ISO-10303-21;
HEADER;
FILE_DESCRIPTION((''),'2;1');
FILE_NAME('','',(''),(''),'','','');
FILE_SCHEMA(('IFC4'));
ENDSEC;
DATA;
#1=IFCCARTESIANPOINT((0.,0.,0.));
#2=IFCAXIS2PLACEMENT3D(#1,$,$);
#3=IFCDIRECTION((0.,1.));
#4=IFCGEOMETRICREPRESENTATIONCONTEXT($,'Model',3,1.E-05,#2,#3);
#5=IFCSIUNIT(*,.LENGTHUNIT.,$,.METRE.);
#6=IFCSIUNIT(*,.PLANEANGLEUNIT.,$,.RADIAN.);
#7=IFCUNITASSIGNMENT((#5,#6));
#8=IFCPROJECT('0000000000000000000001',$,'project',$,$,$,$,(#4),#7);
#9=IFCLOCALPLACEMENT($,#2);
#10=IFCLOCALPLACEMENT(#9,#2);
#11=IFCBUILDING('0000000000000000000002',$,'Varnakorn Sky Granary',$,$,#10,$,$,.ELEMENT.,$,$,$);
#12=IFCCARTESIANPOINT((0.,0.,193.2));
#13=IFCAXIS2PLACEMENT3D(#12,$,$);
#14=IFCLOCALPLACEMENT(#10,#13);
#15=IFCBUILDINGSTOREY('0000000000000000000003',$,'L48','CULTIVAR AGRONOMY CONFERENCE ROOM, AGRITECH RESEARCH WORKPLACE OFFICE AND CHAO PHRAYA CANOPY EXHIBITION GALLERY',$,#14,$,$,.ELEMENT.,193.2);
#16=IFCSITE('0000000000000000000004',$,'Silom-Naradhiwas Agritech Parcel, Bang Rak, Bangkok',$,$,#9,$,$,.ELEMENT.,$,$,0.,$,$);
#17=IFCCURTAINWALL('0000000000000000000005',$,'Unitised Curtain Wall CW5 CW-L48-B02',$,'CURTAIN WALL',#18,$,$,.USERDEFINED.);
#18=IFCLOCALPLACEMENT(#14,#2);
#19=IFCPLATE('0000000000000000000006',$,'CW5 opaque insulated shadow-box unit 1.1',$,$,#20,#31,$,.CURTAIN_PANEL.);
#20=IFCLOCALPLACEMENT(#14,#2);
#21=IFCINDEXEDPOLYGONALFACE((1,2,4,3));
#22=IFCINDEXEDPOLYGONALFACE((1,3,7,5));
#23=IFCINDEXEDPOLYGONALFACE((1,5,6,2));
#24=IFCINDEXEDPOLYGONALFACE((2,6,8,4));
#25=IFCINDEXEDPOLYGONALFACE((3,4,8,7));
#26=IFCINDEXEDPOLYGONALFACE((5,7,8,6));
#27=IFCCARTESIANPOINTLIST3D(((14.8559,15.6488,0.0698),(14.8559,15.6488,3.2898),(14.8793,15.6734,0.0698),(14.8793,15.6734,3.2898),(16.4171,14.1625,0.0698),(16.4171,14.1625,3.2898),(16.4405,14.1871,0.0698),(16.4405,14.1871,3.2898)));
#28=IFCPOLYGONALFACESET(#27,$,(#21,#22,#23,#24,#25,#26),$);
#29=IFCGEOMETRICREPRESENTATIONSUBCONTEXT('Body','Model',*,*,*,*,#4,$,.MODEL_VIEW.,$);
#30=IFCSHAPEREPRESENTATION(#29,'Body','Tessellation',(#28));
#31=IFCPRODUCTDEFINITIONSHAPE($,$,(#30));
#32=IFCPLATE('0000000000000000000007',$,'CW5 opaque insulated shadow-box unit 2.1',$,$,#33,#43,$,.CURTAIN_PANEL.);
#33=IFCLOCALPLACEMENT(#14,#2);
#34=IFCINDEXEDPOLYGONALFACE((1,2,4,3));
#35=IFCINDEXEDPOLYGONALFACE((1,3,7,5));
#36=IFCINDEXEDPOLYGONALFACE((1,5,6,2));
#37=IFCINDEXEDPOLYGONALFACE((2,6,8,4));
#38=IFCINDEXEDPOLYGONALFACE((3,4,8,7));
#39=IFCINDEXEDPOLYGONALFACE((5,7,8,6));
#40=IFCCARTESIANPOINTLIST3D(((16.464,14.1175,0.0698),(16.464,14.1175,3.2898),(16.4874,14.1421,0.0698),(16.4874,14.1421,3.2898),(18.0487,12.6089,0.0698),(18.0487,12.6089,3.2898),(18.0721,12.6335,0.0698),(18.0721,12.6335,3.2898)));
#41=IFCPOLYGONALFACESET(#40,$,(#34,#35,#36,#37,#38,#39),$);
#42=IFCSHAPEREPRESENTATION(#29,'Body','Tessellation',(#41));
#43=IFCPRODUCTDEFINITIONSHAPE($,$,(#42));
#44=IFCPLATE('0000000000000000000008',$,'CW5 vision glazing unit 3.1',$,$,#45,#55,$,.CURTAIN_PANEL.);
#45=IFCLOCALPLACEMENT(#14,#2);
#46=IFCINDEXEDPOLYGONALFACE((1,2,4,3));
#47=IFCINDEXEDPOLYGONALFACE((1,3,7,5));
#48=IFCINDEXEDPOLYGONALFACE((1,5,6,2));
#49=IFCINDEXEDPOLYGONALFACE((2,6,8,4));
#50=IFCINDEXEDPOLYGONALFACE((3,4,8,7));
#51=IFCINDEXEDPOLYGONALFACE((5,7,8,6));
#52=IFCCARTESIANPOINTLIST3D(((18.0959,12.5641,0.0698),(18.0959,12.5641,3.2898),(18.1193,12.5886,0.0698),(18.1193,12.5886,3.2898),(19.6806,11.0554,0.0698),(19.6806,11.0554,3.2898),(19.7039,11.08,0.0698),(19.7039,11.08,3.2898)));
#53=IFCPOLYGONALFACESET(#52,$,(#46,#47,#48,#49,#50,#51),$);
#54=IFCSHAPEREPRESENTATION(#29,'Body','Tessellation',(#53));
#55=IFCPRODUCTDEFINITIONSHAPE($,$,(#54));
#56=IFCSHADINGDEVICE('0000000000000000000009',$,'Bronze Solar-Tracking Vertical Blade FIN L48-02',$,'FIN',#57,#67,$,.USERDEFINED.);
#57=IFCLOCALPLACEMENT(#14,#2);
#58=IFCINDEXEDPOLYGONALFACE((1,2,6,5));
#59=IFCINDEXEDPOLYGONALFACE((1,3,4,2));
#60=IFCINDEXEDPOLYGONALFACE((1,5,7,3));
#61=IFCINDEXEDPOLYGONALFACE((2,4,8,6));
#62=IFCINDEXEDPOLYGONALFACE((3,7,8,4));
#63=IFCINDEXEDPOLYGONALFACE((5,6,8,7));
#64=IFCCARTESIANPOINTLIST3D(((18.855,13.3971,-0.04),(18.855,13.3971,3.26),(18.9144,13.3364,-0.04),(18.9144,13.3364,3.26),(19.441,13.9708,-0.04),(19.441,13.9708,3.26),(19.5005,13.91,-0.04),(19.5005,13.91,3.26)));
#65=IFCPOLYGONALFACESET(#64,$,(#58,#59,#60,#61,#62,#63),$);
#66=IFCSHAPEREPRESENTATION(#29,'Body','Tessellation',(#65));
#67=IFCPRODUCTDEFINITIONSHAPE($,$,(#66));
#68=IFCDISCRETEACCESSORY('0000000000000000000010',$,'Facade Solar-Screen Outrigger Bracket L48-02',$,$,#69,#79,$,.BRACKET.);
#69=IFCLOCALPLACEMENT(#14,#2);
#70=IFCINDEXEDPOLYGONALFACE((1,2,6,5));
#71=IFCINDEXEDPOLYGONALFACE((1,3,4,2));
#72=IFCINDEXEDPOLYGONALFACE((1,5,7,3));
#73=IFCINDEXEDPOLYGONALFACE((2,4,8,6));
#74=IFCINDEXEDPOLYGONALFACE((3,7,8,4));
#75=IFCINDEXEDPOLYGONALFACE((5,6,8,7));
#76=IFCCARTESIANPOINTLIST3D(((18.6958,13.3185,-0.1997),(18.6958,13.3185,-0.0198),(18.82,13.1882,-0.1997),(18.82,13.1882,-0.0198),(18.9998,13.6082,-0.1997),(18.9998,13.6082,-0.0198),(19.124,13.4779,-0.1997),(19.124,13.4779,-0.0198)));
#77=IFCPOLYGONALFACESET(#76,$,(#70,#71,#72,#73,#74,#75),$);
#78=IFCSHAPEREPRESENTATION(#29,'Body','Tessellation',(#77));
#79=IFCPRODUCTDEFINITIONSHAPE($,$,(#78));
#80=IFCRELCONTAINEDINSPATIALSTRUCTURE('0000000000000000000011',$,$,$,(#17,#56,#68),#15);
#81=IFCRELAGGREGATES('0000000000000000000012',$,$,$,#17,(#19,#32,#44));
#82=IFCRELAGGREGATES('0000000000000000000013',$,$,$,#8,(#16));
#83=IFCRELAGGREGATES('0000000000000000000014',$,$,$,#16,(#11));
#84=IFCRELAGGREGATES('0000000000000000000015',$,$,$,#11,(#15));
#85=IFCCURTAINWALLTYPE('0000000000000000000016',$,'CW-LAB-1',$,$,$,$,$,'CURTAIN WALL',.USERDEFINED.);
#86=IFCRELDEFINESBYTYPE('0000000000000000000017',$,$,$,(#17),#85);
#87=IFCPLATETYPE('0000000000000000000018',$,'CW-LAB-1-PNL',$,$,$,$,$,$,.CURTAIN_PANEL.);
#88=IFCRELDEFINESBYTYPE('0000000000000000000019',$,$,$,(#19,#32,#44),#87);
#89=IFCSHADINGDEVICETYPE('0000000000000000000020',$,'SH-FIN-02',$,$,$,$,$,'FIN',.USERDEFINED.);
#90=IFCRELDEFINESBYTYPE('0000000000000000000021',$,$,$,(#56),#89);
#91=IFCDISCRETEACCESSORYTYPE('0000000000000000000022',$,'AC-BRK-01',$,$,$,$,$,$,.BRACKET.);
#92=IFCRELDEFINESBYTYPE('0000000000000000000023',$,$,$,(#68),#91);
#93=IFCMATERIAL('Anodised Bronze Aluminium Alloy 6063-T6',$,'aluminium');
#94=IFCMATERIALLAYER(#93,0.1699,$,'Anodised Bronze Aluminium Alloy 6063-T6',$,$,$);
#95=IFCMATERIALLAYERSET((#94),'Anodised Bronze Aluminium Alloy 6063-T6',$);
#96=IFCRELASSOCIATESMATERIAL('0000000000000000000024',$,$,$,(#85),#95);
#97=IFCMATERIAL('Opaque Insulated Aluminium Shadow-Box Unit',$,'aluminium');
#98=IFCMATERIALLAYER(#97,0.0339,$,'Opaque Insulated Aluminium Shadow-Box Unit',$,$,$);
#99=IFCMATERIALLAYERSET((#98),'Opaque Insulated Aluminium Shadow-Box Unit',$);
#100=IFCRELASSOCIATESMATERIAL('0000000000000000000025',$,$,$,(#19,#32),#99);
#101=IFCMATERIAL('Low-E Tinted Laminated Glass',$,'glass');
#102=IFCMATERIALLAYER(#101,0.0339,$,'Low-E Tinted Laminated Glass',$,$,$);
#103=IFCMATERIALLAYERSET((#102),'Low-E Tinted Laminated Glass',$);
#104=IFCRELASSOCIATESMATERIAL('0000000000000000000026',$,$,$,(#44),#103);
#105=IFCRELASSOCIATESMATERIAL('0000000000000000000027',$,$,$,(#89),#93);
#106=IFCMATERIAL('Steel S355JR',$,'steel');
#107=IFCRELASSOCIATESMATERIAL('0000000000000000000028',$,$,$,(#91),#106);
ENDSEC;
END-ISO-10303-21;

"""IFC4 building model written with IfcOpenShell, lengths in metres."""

from ifc_helpers import new_model, si_unit, direction, frame, origin, origin_2d, place, context, subcontext, project, spatial, rectangle, extrude, source, transform, mapped, material, layer, layer_set, type_object, type_shapes, element, aggregate, save


model = new_model("IFC4")

# Units and contexts
model_context = context("Model", 3, precision=1e-05, world=origin(), true_north=direction((0.0, 1.0)))
body_context = subcontext(model_context, "Body", "Model", "MODEL_VIEW")
ifc_project = project(units=[si_unit("LENGTHUNIT", "METRE"), si_unit("PLANEANGLEUNIT", "RADIAN")], contexts=[model_context])

# Site, building, storey
site_placement = place(None, origin())
site = spatial("IfcSite", under=ifc_project, at=site_placement, Name="Silom-Naradhiwas Agritech Parcel, Bang Rak, Bangkok", CompositionType="ELEMENT", RefElevation=0.0)
building_placement = place(site_placement, origin())
building = spatial("IfcBuilding", under=site, at=building_placement, Name="Varnakorn Sky Granary", CompositionType="ELEMENT")
storey_placement = place(building_placement, frame((0.0, 0.0, 193.2)))
storey = spatial("IfcBuildingStorey", under=building, at=storey_placement, Name="L48", Description="CULTIVAR AGRONOMY CONFERENCE ROOM, AGRITECH RESEARCH WORKPLACE OFFICE AND CHAO PHRAYA CANOPY EXHIBITION GALLERY", CompositionType="ELEMENT", Elevation=193.2)

# Shared definitions
ifc_material_1 = material(Name="Steel S355JR", Category="steel")

# Curtain wall
ifc_material_2 = material(Name="Anodised Bronze Aluminium Alloy 6063-T6", Category="aluminium")
ifc_layer_1 = layer(ifc_material_2, 0.1699, Name="Anodised Bronze Aluminium Alloy 6063-T6")
ifc_layer_set_1 = layer_set([ifc_layer_1], Name="Anodised Bronze Aluminium Alloy 6063-T6")
curtain_wall_type = type_object("IfcCurtainWallType", Name="CW-LAB-1", ElementType="CURTAIN WALL", PredefinedType="USERDEFINED", material=ifc_layer_set_1)
curtain_wall_placement = place(storey_placement, origin())
curtain_wall = element("IfcCurtainWall", 1, at=curtain_wall_placement, inside=storey, type_object=curtain_wall_type, Name="Unitised Curtain Wall CW5 CW-L48-B02", ObjectType="CURTAIN WALL", PredefinedType="USERDEFINED")

# Plates
ifc_material_3 = material(Name="Opaque Insulated Aluminium Shadow-Box Unit", Category="aluminium")
ifc_layer_2 = layer(ifc_material_3, 0.0339, Name="Opaque Insulated Aluminium Shadow-Box Unit")
ifc_layer_set_2 = layer_set([ifc_layer_2], Name="Opaque Insulated Aluminium Shadow-Box Unit")
plate_type_1 = type_object("IfcPlateType", Name="CW-LAB-1-PNL", PredefinedType="CURTAIN_PANEL")
shared_shape_1 = source(origin(), body_context, "Body", "SweptSolid", [
    extrude(rectangle(XDim=2.1555, YDim=0.0339, at=origin_2d()), origin(), (0.0, 0.0, 1.0), 3.22),
])
plate_1_placement = place(storey_placement, frame((15.6482, 14.918, 0.0698), z_axis=(0.0, 0.0, 1.0), x_axis=(0.72427, -0.689516, 0.0)))
plate_1 = element("IfcPlate", 2, at=plate_1_placement, type_object=plate_type_1, material=ifc_layer_set_2, Name="CW5 opaque insulated shadow-box unit 1.1", PredefinedType="CURTAIN_PANEL", context=body_context, shape_type="MappedRepresentation", body=[
    mapped(shared_shape_1, transform((0.0, 0.0, 0.0), x_axis=(1.0, 0.0, 0.0), y_axis=(0.0, 1.0, 0.0), z_axis=(0.0, 0.0, 1.0), scale=1.0)),
])
shared_shape_2 = source(origin(), body_context, "Body", "SweptSolid", [
    extrude(rectangle(XDim=2.188, YDim=0.0339, at=origin_2d()), origin(), (0.0, 0.0, 1.0), 3.22),
])
type_shapes(plate_type_1, [shared_shape_1, shared_shape_2])
plate_2_placement = place(storey_placement, frame((17.2681, 13.3755, 0.0698), z_axis=(0.0, 0.0, 1.0), x_axis=(0.72427, -0.689516, 0.0)))
plate_2 = element("IfcPlate", 3, at=plate_2_placement, type_object=plate_type_1, material=ifc_layer_set_2, Name="CW5 opaque insulated shadow-box unit 2.1", PredefinedType="CURTAIN_PANEL", context=body_context, shape_type="MappedRepresentation", body=[
    mapped(shared_shape_2, transform((0.0, 0.0, 0.0), x_axis=(1.0, 0.0, 0.0), y_axis=(0.0, 1.0, 0.0), z_axis=(0.0, 0.0, 1.0), scale=1.0)),
])
ifc_material_4 = material(Name="Low-E Tinted Laminated Glass", Category="glass")
ifc_layer_3 = layer(ifc_material_4, 0.0339, Name="Low-E Tinted Laminated Glass")
ifc_layer_set_3 = layer_set([ifc_layer_3], Name="Low-E Tinted Laminated Glass")
plate_3_placement = place(storey_placement, frame((18.8999, 11.822, 0.0698), z_axis=(0.0, 0.0, 1.0), x_axis=(0.72427, -0.689516, 0.0)))
plate_3 = element("IfcPlate", 4, at=plate_3_placement, type_object=plate_type_1, material=ifc_layer_set_3, Name="CW5 vision glazing unit 3.1", PredefinedType="CURTAIN_PANEL", context=body_context, shape_type="MappedRepresentation", body=[
    mapped(shared_shape_2, transform((0.0, 0.0, 0.0), x_axis=(1.0, 0.0, 0.0), y_axis=(0.0, 1.0, 0.0), z_axis=(0.0, 0.0, 1.0), scale=1.0)),
])
aggregate(curtain_wall, [plate_1, plate_2, plate_3])

# Shading device
shading_device_type = type_object("IfcShadingDeviceType", Name="SH-FIN-02", ElementType="FIN", PredefinedType="USERDEFINED", material=ifc_material_2)
shared_shape_3 = source(origin(), body_context, "Body", "SweptSolid", [
    extrude(rectangle(XDim=0.085, YDim=0.8201, at=origin_2d()), origin(), (0.0, 0.0, 1.0), 3.3),
])
type_shapes(shading_device_type, [shared_shape_3])
shading_device_placement = place(storey_placement, frame((19.1777, 13.6536, -0.04), z_axis=(0.0, 0.0, 1.0), x_axis=(-0.699542, 0.714592, 0.0)))
element("IfcShadingDevice", 5, at=shading_device_placement, inside=storey, type_object=shading_device_type, Name="Bronze Solar-Tracking Vertical Blade FIN L48-02", ObjectType="FIN", PredefinedType="USERDEFINED", context=body_context, shape_type="MappedRepresentation", body=[
    mapped(shared_shape_3, transform((0.0, 0.0, 0.0), x_axis=(1.0, 0.0, 0.0), y_axis=(0.0, 1.0, 0.0), z_axis=(0.0, 0.0, 1.0), scale=1.0)),
])

# Discrete accessory
discrete_accessory_type = type_object("IfcDiscreteAccessoryType", Name="AC-BRK-01", PredefinedType="BRACKET", material=ifc_material_1)
shared_shape_4 = source(origin(), body_context, "Body", "SweptSolid", [
    extrude(rectangle(XDim=0.1799, YDim=0.4199, at=origin_2d()), origin(), (0.0, 0.0, 1.0), 0.1799),
])
type_shapes(discrete_accessory_type, [shared_shape_4])
discrete_accessory_placement = place(storey_placement, frame((18.9099, 13.3982, -0.1997), z_axis=(0.0, 0.0, 1.0), x_axis=(-0.689867, 0.723936, 0.0)))
element("IfcDiscreteAccessory", 6, at=discrete_accessory_placement, inside=storey, type_object=discrete_accessory_type, Name="Facade Solar-Screen Outrigger Bracket L48-02", PredefinedType="BRACKET", context=body_context, shape_type="MappedRepresentation", body=[
    mapped(shared_shape_4, transform((0.0, 0.0, 0.0), x_axis=(1.0, 0.0, 0.0), y_axis=(0.0, 1.0, 0.0), z_axis=(0.0, 0.0, 1.0), scale=1.0)),
])

save(model, "model.ifc")
